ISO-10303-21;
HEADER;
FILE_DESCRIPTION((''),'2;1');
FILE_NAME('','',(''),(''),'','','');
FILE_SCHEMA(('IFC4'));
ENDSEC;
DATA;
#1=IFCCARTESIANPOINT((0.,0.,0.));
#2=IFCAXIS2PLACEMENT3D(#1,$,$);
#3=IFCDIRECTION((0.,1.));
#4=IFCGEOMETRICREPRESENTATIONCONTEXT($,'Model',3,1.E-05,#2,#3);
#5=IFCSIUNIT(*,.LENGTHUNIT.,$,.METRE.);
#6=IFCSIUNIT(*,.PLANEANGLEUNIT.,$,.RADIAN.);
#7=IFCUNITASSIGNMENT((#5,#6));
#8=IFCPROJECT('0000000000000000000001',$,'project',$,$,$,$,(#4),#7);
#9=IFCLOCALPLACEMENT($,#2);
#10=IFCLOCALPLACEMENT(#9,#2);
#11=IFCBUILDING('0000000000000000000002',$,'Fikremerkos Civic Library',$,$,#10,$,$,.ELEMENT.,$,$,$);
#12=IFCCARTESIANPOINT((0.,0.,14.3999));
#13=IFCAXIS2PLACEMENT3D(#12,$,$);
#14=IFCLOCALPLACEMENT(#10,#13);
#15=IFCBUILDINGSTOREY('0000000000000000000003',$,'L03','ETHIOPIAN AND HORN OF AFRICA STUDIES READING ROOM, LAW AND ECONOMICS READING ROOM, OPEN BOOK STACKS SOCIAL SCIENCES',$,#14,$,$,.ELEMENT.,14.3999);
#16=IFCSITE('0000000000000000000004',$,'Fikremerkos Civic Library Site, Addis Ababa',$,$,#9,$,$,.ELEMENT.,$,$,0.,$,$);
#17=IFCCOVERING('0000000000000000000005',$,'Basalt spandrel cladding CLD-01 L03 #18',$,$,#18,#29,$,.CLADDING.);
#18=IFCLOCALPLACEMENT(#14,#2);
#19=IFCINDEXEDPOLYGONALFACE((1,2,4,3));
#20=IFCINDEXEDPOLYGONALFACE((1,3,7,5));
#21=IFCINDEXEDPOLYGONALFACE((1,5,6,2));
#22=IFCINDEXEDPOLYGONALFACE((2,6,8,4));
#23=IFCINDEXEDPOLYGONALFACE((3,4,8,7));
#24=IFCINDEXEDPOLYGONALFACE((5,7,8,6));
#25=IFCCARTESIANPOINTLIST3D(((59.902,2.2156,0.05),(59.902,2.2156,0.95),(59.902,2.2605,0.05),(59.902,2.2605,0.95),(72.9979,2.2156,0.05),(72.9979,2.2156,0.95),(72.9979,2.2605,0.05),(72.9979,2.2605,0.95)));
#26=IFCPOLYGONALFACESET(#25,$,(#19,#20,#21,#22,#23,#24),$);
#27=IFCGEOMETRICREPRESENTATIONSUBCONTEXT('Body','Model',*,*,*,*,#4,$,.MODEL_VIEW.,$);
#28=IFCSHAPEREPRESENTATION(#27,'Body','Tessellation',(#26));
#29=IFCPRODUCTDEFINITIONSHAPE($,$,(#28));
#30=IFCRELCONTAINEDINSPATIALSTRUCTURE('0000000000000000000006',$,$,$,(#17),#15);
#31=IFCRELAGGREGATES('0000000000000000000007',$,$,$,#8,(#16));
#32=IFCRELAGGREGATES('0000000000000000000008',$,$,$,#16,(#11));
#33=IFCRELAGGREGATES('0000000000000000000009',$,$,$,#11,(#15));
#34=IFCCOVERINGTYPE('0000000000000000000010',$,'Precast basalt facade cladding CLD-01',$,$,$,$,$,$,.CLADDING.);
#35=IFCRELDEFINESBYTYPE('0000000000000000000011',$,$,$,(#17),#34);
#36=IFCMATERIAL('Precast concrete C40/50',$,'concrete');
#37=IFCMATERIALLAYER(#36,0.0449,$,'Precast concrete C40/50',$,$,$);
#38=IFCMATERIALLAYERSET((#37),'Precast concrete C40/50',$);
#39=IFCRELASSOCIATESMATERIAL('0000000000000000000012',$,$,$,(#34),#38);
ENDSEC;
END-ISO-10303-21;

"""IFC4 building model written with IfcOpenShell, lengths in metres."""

from ifc_helpers import new_model, si_unit, direction, frame, origin, origin_2d, place, context, subcontext, project, spatial, rectangle, extrude, material, layer, layer_set, type_object, element, save


model = new_model("IFC4")

# Units and contexts
model_context = context("Model", 3, precision=1e-05, world=origin(), true_north=direction((0.0, 1.0)))
body_context = subcontext(model_context, "Body", "Model", "MODEL_VIEW")
ifc_project = project(units=[si_unit("LENGTHUNIT", "METRE"), si_unit("PLANEANGLEUNIT", "RADIAN")], contexts=[model_context])

# Site, building, storey
site_placement = place(None, origin())
site = spatial("IfcSite", under=ifc_project, at=site_placement, Name="Fikremerkos Civic Library Site, Addis Ababa", CompositionType="ELEMENT", RefElevation=0.0)
building_placement = place(site_placement, origin())
building = spatial("IfcBuilding", under=site, at=building_placement, Name="Fikremerkos Civic Library", CompositionType="ELEMENT")
storey_placement = place(building_placement, frame((0.0, 0.0, 14.3999)))
storey = spatial("IfcBuildingStorey", under=building, at=storey_placement, Name="L03", Description="ETHIOPIAN AND HORN OF AFRICA STUDIES READING ROOM, LAW AND ECONOMICS READING ROOM, OPEN BOOK STACKS SOCIAL SCIENCES", CompositionType="ELEMENT", Elevation=14.3999)

# Shared definitions
ifc_material_1 = material(Name="Precast concrete C40/50", Category="concrete")

# Covering
ifc_layer_1 = layer(ifc_material_1, 0.0449, Name="Precast concrete C40/50")
ifc_layer_set_1 = layer_set([ifc_layer_1], Name="Precast concrete C40/50")
covering_type = type_object("IfcCoveringType", Name="Precast basalt facade cladding CLD-01", PredefinedType="CLADDING", material=ifc_layer_set_1)
covering_placement = place(storey_placement, frame((66.45, 2.238, 0.05), z_axis=(0.0, 0.0, 1.0), x_axis=(1.0, 0.0, 0.0)))
element("IfcCovering", 1, at=covering_placement, inside=storey, type_object=covering_type, Name="Basalt spandrel cladding CLD-01 L03 #18", PredefinedType="CLADDING", context=body_context, shape_type="SweptSolid", body=[
    extrude(rectangle(XDim=13.0959, YDim=0.0449, at=origin_2d()), origin(), (0.0, 0.0, 1.0), 0.8999),
])

save(model, "model.ifc")
